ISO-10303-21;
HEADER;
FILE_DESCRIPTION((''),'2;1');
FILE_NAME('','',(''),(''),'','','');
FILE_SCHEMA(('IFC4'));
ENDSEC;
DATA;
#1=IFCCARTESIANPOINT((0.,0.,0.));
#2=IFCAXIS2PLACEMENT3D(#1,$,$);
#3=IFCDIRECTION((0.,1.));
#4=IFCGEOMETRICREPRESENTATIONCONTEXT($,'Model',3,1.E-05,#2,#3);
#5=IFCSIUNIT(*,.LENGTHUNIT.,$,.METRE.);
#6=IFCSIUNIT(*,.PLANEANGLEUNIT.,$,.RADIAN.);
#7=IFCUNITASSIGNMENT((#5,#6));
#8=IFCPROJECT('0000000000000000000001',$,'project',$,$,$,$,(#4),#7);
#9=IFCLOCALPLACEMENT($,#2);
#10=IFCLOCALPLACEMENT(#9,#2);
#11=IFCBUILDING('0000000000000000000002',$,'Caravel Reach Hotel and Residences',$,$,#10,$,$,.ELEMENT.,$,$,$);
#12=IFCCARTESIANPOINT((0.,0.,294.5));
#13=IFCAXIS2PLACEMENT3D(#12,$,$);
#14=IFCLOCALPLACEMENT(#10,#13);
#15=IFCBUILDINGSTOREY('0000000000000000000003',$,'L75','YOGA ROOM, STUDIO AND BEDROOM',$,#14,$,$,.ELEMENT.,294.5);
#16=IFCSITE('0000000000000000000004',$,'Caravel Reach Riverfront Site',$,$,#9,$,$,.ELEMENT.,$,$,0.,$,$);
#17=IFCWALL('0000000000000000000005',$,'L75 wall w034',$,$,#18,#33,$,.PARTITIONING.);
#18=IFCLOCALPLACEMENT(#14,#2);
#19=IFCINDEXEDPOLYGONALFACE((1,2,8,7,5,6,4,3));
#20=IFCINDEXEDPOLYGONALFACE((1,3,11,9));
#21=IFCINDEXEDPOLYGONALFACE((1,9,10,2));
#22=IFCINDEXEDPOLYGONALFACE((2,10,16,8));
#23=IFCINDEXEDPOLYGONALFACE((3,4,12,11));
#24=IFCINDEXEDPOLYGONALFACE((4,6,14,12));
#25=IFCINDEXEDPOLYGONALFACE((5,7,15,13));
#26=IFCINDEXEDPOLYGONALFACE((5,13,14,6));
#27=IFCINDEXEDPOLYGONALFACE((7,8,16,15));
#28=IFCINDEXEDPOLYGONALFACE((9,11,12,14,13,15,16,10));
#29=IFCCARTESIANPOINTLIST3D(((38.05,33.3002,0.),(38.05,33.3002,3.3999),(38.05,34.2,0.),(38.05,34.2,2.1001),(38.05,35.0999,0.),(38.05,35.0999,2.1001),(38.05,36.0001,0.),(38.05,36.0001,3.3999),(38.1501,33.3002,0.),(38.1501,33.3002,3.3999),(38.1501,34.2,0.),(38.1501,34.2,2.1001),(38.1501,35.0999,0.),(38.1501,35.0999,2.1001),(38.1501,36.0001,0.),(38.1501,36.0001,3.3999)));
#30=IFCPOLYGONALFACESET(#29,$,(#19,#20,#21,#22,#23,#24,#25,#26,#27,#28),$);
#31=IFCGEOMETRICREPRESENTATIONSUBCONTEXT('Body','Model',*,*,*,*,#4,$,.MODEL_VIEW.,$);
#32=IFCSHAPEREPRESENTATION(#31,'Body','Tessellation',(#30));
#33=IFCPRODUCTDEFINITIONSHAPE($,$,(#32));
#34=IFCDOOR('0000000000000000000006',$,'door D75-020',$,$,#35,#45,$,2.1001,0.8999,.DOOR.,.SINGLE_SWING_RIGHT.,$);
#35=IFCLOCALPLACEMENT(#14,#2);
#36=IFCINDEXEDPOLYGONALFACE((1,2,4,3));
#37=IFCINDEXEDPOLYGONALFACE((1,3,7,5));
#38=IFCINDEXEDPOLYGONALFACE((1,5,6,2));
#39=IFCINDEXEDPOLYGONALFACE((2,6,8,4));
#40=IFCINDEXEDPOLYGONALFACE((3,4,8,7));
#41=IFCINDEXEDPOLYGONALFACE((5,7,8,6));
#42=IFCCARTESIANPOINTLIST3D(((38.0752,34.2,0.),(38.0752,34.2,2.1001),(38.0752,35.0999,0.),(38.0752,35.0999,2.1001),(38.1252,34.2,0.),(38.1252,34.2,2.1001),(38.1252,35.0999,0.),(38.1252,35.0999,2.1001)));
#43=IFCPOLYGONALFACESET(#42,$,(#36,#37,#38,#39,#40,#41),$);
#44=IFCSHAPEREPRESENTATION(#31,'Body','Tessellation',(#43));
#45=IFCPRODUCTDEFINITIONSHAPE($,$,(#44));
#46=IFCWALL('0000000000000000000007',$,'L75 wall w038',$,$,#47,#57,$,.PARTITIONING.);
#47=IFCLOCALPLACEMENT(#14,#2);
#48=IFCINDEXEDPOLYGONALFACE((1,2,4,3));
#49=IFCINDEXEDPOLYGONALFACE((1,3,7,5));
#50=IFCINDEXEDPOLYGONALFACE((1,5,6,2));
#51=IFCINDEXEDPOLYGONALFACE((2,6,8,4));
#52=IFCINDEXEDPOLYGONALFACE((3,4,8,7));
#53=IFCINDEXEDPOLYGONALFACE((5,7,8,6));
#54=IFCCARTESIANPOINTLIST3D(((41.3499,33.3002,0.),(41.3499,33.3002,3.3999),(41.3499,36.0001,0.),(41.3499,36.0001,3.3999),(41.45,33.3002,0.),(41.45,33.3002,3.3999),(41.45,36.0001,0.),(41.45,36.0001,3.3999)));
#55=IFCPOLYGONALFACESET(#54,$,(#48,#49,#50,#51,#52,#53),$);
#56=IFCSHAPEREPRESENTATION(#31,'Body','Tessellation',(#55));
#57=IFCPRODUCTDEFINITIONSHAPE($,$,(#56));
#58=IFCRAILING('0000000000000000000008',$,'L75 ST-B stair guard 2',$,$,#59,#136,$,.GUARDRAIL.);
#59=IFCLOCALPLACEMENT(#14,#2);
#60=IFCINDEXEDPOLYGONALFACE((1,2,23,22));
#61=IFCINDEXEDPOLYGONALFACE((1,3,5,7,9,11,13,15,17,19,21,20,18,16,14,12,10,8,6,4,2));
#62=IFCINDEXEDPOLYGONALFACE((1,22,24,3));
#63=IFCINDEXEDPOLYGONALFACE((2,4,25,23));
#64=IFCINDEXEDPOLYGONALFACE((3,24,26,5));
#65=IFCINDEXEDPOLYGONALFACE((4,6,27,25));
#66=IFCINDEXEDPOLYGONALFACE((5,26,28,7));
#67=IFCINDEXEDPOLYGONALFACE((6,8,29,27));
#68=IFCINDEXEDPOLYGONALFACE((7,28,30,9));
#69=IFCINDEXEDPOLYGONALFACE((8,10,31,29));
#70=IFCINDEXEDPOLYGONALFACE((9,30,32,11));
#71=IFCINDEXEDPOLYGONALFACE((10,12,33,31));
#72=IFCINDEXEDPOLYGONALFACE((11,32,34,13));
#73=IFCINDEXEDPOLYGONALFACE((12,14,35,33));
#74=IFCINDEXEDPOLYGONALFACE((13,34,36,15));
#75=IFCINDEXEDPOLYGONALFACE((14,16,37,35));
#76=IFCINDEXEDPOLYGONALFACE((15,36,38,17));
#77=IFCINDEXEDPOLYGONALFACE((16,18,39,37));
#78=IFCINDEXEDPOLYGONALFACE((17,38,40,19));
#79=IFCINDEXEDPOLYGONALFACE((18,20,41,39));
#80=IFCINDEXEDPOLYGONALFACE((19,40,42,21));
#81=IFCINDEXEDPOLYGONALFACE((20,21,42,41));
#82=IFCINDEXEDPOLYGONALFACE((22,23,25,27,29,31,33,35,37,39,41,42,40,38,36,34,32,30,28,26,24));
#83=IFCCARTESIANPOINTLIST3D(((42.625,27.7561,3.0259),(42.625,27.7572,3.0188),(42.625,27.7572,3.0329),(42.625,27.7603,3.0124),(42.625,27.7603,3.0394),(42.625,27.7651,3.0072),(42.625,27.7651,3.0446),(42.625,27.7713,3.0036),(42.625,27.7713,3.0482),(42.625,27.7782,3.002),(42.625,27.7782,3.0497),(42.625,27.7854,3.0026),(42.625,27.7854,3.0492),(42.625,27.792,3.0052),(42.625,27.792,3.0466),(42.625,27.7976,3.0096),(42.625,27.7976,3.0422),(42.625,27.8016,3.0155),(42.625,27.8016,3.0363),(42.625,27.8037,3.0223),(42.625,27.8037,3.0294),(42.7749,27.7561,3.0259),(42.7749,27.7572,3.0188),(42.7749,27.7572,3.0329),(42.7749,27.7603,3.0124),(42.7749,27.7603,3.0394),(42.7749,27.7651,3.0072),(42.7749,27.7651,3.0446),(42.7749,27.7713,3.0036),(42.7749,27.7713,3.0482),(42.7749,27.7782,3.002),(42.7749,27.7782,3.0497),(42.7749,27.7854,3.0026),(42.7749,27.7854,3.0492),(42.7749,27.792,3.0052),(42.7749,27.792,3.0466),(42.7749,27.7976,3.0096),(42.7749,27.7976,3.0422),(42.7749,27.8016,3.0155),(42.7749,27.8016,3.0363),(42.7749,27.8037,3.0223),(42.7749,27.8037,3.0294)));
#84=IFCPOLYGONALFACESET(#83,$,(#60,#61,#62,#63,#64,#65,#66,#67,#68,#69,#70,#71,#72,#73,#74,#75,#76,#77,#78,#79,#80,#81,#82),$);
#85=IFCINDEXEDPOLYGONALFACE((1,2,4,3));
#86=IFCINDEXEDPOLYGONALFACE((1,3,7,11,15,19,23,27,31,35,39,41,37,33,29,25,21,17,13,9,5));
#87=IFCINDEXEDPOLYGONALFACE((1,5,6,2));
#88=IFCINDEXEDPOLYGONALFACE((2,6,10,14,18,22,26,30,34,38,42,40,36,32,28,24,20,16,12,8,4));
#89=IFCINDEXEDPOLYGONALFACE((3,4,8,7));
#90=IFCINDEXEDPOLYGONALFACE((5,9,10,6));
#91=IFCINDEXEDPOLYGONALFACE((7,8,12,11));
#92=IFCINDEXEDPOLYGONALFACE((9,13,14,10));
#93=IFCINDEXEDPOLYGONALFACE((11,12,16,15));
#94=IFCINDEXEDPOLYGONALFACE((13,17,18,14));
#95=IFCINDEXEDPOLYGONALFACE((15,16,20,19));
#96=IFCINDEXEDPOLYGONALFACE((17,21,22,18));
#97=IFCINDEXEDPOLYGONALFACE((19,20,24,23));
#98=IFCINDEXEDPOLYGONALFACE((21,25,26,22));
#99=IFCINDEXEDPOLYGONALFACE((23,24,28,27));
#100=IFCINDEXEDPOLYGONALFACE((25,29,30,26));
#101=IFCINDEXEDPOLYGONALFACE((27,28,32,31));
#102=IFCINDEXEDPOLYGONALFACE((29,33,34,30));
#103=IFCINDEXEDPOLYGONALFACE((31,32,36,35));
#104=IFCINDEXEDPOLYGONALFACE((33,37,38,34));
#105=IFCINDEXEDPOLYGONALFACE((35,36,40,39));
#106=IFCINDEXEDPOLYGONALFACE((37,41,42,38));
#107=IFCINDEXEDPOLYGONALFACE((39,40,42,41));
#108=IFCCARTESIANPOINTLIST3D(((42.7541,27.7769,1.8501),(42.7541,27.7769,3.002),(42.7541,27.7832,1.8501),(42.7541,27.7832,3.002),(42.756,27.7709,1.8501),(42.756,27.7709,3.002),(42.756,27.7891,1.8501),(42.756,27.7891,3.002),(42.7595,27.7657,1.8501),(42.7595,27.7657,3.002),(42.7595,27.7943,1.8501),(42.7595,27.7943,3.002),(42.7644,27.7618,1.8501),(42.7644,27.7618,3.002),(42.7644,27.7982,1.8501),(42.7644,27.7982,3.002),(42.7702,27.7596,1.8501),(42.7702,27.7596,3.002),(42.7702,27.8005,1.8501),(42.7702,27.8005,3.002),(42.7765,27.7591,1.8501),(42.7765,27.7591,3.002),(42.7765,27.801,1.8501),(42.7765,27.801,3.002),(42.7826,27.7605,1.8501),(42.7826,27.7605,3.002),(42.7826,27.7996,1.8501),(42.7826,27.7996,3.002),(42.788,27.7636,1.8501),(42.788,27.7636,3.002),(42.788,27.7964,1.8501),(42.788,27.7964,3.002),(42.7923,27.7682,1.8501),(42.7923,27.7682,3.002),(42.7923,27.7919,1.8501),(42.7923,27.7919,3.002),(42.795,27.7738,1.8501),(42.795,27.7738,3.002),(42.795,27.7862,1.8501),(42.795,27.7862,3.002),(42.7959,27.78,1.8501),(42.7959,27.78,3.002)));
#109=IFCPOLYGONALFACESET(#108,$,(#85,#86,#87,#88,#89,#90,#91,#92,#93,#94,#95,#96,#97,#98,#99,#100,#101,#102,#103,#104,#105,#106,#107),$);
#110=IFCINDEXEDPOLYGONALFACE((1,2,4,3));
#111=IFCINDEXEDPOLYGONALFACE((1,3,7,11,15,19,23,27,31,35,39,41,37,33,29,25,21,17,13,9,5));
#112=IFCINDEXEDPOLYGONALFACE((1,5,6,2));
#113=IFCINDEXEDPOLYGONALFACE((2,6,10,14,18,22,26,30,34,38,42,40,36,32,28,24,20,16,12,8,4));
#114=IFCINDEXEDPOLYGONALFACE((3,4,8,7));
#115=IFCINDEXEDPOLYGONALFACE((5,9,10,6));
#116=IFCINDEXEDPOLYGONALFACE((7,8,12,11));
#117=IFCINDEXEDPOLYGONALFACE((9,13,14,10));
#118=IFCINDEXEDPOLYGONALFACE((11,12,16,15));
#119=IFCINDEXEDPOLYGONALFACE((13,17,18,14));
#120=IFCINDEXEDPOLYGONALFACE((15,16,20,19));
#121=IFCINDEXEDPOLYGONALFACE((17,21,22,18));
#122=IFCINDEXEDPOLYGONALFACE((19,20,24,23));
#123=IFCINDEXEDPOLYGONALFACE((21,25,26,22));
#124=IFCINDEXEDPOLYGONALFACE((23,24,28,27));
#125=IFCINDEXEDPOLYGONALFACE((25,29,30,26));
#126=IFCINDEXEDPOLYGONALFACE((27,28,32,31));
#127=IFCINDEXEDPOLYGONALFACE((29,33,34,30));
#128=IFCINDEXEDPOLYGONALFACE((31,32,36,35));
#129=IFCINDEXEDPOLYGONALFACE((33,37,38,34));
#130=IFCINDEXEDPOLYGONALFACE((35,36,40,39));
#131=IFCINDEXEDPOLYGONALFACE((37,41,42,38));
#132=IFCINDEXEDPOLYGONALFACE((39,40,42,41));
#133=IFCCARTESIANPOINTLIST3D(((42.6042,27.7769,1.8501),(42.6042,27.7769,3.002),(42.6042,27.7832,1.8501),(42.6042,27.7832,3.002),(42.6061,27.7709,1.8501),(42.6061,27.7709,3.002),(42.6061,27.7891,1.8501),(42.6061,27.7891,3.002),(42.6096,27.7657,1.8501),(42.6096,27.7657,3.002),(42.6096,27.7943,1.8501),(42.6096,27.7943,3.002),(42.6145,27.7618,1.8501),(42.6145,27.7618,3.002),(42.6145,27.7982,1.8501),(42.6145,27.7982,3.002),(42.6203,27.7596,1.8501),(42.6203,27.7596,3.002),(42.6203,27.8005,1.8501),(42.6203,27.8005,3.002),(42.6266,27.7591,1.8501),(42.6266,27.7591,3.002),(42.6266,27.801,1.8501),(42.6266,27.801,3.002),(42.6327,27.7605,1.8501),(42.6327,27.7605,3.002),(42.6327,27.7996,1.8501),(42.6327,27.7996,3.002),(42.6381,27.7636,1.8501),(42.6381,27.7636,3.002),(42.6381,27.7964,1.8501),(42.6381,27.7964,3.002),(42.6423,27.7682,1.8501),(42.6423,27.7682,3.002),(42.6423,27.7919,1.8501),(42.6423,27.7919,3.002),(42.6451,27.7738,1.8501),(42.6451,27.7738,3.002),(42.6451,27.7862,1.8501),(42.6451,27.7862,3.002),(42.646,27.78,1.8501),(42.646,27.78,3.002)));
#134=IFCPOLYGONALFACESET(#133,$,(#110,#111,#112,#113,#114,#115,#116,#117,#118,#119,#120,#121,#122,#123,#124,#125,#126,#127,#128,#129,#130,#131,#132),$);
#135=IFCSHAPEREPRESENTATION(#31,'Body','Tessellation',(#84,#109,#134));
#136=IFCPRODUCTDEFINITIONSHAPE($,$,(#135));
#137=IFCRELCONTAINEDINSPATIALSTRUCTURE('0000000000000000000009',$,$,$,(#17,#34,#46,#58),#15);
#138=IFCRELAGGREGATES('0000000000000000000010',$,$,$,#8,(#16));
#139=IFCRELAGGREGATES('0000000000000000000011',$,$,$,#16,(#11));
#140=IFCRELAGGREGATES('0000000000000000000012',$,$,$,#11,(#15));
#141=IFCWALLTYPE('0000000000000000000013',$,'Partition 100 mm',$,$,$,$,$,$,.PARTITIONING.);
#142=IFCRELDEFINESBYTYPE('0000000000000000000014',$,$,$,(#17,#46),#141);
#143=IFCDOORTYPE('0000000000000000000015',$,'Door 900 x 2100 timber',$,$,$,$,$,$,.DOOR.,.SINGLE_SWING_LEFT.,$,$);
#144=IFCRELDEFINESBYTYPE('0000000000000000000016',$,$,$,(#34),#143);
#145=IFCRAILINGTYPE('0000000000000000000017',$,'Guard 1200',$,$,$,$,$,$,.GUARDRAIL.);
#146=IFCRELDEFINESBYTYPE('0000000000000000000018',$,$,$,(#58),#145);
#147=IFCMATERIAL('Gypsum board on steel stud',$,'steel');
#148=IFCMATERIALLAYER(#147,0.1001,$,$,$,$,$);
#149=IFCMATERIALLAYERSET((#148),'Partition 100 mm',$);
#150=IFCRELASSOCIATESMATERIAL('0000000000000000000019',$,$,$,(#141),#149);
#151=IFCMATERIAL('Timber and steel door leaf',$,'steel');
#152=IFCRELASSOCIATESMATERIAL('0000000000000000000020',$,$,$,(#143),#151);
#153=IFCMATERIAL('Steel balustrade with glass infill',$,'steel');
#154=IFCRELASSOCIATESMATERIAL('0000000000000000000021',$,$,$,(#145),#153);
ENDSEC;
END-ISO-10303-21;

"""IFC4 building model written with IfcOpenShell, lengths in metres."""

from ifc_helpers import new_model, si_unit, direction, frame, frame_2d, origin, origin_2d, place, context, subcontext, project, spatial, rectangle, circle, extrude, material, layer, layer_set, type_object, element, fill, save


model = new_model("IFC4")

# Units and contexts
model_context = context("Model", 3, precision=1e-05, world=origin(), true_north=direction((0.0, 1.0)))
body_context = subcontext(model_context, "Body", "Model", "MODEL_VIEW")
ifc_project = project(units=[si_unit("LENGTHUNIT", "METRE"), si_unit("PLANEANGLEUNIT", "RADIAN")], contexts=[model_context])

# Site, building, storey
site_placement = place(None, origin())
site = spatial("IfcSite", under=ifc_project, at=site_placement, Name="Caravel Reach Riverfront Site", CompositionType="ELEMENT", RefElevation=0.0)
building_placement = place(site_placement, origin())
building = spatial("IfcBuilding", under=site, at=building_placement, Name="Caravel Reach Hotel and Residences", CompositionType="ELEMENT")
storey_placement = place(building_placement, frame((0.0, 0.0, 294.5)))
storey = spatial("IfcBuildingStorey", under=building, at=storey_placement, Name="L75", Description="YOGA ROOM, STUDIO AND BEDROOM", CompositionType="ELEMENT", Elevation=294.5)

# Shared definitions
ifc_material_1 = material(Name="Gypsum board on steel stud", Category="steel")
ifc_layer_1 = layer(ifc_material_1, 0.1001)
ifc_layer_set_1 = layer_set([ifc_layer_1], Name="Partition 100 mm")
wall_type_1 = type_object("IfcWallType", Name="Partition 100 mm", PredefinedType="PARTITIONING", material=ifc_layer_set_1)

# Wall, opening, door
wall_1_placement = place(storey_placement, frame((38.1001, 33.3, 0.0), z_axis=(0.0, 0.0, 1.0), x_axis=(0.0, 1.0, 0.0)))
wall_1 = element("IfcWall", 1, at=wall_1_placement, inside=storey, type_object=wall_type_1, Name="L75 wall w034", PredefinedType="PARTITIONING", context=body_context, shape_type="SweptSolid", body=[
    extrude(rectangle(XDim=2.7, YDim=0.1001, at=frame_2d((1.3501, 0.0))), origin(), (0.0, 0.0, 1.0), 3.3999),
])
opening_1_placement = place(wall_1_placement, frame((0.8999, 0.0, 0.0)))
opening_1 = element("IfcOpeningElement", 2, at=opening_1_placement, cuts=wall_1, PredefinedType="OPENING", context=body_context, shape_type="SweptSolid", body=[
    extrude(rectangle(XDim=0.8999, YDim=2.1001, at=frame_2d((0.45, 1.05))), frame((0.0, 0.0601, 0.0), z_axis=(0.0, -1.0, 0.0), x_axis=(1.0, 0.0, 0.0)), (0.0, 0.0, 1.0), 0.1201),
])
ifc_material_2 = material(Name="Timber and steel door leaf", Category="steel")
door_type_1 = type_object("IfcDoorType", Name="Door 900 x 2100 timber", OperationType="SINGLE_SWING_LEFT", PredefinedType="DOOR", material=ifc_material_2)
door_1_placement = place(opening_1_placement, origin())
door_1 = element("IfcDoor", 3, at=door_1_placement, inside=storey, type_object=door_type_1, Name="door D75-020", OperationType="SINGLE_SWING_RIGHT", OverallHeight=2.1001, OverallWidth=0.8999, PredefinedType="DOOR", context=body_context, shape_type="SweptSolid", body=[
    extrude(rectangle(XDim=0.8999, YDim=2.1001, at=frame_2d((0.45, 1.05))), frame((0.0, 0.0249, 0.0), z_axis=(0.0, -1.0, 0.0), x_axis=(1.0, 0.0, 0.0)), (0.0, 0.0, 1.0), 0.05),
])
fill(opening_1, door_1)

# Wall
wall_2_placement = place(storey_placement, frame((41.3999, 33.3, 0.0), z_axis=(0.0, 0.0, 1.0), x_axis=(0.0, 1.0, 0.0)))
element("IfcWall", 4, at=wall_2_placement, inside=storey, type_object=wall_type_1, Name="L75 wall w038", PredefinedType="PARTITIONING", context=body_context, shape_type="SweptSolid", body=[
    extrude(rectangle(XDim=2.7, YDim=0.1001, at=frame_2d((1.3501, 0.0))), origin(), (0.0, 0.0, 1.0), 3.3999),
])

# Railing
ifc_material_3 = material(Name="Steel balustrade with glass infill", Category="steel")
railing_type_1 = type_object("IfcRailingType", Name="Guard 1200", PredefinedType="GUARDRAIL", material=ifc_material_3)
railing_1_placement = place(storey_placement, frame((42.7749, 27.78, 1.8501)))
element("IfcRailing", 5, at=railing_1_placement, inside=storey, type_object=railing_type_1, Name="L75 ST-B stair guard 2", PredefinedType="GUARDRAIL", context=body_context, shape_type="SweptSolid", body=[
    extrude(circle(Radius=0.0239, at=origin_2d()), frame((0.0, 0.0, 1.1758), z_axis=(-1.0, 0.0, 0.0), x_axis=(0.0, -1.0, 0.0)), (0.0, 0.0, 1.0), 0.1499),
    extrude(circle(Radius=0.021, at=origin_2d()), origin(), (0.0, 0.0, 1.0), 1.1519),
    extrude(circle(Radius=0.021, at=origin_2d()), frame((-0.1499, 0.0, 0.0)), (0.0, 0.0, 1.0), 1.1519),
])

save(model, "model.ifc")
